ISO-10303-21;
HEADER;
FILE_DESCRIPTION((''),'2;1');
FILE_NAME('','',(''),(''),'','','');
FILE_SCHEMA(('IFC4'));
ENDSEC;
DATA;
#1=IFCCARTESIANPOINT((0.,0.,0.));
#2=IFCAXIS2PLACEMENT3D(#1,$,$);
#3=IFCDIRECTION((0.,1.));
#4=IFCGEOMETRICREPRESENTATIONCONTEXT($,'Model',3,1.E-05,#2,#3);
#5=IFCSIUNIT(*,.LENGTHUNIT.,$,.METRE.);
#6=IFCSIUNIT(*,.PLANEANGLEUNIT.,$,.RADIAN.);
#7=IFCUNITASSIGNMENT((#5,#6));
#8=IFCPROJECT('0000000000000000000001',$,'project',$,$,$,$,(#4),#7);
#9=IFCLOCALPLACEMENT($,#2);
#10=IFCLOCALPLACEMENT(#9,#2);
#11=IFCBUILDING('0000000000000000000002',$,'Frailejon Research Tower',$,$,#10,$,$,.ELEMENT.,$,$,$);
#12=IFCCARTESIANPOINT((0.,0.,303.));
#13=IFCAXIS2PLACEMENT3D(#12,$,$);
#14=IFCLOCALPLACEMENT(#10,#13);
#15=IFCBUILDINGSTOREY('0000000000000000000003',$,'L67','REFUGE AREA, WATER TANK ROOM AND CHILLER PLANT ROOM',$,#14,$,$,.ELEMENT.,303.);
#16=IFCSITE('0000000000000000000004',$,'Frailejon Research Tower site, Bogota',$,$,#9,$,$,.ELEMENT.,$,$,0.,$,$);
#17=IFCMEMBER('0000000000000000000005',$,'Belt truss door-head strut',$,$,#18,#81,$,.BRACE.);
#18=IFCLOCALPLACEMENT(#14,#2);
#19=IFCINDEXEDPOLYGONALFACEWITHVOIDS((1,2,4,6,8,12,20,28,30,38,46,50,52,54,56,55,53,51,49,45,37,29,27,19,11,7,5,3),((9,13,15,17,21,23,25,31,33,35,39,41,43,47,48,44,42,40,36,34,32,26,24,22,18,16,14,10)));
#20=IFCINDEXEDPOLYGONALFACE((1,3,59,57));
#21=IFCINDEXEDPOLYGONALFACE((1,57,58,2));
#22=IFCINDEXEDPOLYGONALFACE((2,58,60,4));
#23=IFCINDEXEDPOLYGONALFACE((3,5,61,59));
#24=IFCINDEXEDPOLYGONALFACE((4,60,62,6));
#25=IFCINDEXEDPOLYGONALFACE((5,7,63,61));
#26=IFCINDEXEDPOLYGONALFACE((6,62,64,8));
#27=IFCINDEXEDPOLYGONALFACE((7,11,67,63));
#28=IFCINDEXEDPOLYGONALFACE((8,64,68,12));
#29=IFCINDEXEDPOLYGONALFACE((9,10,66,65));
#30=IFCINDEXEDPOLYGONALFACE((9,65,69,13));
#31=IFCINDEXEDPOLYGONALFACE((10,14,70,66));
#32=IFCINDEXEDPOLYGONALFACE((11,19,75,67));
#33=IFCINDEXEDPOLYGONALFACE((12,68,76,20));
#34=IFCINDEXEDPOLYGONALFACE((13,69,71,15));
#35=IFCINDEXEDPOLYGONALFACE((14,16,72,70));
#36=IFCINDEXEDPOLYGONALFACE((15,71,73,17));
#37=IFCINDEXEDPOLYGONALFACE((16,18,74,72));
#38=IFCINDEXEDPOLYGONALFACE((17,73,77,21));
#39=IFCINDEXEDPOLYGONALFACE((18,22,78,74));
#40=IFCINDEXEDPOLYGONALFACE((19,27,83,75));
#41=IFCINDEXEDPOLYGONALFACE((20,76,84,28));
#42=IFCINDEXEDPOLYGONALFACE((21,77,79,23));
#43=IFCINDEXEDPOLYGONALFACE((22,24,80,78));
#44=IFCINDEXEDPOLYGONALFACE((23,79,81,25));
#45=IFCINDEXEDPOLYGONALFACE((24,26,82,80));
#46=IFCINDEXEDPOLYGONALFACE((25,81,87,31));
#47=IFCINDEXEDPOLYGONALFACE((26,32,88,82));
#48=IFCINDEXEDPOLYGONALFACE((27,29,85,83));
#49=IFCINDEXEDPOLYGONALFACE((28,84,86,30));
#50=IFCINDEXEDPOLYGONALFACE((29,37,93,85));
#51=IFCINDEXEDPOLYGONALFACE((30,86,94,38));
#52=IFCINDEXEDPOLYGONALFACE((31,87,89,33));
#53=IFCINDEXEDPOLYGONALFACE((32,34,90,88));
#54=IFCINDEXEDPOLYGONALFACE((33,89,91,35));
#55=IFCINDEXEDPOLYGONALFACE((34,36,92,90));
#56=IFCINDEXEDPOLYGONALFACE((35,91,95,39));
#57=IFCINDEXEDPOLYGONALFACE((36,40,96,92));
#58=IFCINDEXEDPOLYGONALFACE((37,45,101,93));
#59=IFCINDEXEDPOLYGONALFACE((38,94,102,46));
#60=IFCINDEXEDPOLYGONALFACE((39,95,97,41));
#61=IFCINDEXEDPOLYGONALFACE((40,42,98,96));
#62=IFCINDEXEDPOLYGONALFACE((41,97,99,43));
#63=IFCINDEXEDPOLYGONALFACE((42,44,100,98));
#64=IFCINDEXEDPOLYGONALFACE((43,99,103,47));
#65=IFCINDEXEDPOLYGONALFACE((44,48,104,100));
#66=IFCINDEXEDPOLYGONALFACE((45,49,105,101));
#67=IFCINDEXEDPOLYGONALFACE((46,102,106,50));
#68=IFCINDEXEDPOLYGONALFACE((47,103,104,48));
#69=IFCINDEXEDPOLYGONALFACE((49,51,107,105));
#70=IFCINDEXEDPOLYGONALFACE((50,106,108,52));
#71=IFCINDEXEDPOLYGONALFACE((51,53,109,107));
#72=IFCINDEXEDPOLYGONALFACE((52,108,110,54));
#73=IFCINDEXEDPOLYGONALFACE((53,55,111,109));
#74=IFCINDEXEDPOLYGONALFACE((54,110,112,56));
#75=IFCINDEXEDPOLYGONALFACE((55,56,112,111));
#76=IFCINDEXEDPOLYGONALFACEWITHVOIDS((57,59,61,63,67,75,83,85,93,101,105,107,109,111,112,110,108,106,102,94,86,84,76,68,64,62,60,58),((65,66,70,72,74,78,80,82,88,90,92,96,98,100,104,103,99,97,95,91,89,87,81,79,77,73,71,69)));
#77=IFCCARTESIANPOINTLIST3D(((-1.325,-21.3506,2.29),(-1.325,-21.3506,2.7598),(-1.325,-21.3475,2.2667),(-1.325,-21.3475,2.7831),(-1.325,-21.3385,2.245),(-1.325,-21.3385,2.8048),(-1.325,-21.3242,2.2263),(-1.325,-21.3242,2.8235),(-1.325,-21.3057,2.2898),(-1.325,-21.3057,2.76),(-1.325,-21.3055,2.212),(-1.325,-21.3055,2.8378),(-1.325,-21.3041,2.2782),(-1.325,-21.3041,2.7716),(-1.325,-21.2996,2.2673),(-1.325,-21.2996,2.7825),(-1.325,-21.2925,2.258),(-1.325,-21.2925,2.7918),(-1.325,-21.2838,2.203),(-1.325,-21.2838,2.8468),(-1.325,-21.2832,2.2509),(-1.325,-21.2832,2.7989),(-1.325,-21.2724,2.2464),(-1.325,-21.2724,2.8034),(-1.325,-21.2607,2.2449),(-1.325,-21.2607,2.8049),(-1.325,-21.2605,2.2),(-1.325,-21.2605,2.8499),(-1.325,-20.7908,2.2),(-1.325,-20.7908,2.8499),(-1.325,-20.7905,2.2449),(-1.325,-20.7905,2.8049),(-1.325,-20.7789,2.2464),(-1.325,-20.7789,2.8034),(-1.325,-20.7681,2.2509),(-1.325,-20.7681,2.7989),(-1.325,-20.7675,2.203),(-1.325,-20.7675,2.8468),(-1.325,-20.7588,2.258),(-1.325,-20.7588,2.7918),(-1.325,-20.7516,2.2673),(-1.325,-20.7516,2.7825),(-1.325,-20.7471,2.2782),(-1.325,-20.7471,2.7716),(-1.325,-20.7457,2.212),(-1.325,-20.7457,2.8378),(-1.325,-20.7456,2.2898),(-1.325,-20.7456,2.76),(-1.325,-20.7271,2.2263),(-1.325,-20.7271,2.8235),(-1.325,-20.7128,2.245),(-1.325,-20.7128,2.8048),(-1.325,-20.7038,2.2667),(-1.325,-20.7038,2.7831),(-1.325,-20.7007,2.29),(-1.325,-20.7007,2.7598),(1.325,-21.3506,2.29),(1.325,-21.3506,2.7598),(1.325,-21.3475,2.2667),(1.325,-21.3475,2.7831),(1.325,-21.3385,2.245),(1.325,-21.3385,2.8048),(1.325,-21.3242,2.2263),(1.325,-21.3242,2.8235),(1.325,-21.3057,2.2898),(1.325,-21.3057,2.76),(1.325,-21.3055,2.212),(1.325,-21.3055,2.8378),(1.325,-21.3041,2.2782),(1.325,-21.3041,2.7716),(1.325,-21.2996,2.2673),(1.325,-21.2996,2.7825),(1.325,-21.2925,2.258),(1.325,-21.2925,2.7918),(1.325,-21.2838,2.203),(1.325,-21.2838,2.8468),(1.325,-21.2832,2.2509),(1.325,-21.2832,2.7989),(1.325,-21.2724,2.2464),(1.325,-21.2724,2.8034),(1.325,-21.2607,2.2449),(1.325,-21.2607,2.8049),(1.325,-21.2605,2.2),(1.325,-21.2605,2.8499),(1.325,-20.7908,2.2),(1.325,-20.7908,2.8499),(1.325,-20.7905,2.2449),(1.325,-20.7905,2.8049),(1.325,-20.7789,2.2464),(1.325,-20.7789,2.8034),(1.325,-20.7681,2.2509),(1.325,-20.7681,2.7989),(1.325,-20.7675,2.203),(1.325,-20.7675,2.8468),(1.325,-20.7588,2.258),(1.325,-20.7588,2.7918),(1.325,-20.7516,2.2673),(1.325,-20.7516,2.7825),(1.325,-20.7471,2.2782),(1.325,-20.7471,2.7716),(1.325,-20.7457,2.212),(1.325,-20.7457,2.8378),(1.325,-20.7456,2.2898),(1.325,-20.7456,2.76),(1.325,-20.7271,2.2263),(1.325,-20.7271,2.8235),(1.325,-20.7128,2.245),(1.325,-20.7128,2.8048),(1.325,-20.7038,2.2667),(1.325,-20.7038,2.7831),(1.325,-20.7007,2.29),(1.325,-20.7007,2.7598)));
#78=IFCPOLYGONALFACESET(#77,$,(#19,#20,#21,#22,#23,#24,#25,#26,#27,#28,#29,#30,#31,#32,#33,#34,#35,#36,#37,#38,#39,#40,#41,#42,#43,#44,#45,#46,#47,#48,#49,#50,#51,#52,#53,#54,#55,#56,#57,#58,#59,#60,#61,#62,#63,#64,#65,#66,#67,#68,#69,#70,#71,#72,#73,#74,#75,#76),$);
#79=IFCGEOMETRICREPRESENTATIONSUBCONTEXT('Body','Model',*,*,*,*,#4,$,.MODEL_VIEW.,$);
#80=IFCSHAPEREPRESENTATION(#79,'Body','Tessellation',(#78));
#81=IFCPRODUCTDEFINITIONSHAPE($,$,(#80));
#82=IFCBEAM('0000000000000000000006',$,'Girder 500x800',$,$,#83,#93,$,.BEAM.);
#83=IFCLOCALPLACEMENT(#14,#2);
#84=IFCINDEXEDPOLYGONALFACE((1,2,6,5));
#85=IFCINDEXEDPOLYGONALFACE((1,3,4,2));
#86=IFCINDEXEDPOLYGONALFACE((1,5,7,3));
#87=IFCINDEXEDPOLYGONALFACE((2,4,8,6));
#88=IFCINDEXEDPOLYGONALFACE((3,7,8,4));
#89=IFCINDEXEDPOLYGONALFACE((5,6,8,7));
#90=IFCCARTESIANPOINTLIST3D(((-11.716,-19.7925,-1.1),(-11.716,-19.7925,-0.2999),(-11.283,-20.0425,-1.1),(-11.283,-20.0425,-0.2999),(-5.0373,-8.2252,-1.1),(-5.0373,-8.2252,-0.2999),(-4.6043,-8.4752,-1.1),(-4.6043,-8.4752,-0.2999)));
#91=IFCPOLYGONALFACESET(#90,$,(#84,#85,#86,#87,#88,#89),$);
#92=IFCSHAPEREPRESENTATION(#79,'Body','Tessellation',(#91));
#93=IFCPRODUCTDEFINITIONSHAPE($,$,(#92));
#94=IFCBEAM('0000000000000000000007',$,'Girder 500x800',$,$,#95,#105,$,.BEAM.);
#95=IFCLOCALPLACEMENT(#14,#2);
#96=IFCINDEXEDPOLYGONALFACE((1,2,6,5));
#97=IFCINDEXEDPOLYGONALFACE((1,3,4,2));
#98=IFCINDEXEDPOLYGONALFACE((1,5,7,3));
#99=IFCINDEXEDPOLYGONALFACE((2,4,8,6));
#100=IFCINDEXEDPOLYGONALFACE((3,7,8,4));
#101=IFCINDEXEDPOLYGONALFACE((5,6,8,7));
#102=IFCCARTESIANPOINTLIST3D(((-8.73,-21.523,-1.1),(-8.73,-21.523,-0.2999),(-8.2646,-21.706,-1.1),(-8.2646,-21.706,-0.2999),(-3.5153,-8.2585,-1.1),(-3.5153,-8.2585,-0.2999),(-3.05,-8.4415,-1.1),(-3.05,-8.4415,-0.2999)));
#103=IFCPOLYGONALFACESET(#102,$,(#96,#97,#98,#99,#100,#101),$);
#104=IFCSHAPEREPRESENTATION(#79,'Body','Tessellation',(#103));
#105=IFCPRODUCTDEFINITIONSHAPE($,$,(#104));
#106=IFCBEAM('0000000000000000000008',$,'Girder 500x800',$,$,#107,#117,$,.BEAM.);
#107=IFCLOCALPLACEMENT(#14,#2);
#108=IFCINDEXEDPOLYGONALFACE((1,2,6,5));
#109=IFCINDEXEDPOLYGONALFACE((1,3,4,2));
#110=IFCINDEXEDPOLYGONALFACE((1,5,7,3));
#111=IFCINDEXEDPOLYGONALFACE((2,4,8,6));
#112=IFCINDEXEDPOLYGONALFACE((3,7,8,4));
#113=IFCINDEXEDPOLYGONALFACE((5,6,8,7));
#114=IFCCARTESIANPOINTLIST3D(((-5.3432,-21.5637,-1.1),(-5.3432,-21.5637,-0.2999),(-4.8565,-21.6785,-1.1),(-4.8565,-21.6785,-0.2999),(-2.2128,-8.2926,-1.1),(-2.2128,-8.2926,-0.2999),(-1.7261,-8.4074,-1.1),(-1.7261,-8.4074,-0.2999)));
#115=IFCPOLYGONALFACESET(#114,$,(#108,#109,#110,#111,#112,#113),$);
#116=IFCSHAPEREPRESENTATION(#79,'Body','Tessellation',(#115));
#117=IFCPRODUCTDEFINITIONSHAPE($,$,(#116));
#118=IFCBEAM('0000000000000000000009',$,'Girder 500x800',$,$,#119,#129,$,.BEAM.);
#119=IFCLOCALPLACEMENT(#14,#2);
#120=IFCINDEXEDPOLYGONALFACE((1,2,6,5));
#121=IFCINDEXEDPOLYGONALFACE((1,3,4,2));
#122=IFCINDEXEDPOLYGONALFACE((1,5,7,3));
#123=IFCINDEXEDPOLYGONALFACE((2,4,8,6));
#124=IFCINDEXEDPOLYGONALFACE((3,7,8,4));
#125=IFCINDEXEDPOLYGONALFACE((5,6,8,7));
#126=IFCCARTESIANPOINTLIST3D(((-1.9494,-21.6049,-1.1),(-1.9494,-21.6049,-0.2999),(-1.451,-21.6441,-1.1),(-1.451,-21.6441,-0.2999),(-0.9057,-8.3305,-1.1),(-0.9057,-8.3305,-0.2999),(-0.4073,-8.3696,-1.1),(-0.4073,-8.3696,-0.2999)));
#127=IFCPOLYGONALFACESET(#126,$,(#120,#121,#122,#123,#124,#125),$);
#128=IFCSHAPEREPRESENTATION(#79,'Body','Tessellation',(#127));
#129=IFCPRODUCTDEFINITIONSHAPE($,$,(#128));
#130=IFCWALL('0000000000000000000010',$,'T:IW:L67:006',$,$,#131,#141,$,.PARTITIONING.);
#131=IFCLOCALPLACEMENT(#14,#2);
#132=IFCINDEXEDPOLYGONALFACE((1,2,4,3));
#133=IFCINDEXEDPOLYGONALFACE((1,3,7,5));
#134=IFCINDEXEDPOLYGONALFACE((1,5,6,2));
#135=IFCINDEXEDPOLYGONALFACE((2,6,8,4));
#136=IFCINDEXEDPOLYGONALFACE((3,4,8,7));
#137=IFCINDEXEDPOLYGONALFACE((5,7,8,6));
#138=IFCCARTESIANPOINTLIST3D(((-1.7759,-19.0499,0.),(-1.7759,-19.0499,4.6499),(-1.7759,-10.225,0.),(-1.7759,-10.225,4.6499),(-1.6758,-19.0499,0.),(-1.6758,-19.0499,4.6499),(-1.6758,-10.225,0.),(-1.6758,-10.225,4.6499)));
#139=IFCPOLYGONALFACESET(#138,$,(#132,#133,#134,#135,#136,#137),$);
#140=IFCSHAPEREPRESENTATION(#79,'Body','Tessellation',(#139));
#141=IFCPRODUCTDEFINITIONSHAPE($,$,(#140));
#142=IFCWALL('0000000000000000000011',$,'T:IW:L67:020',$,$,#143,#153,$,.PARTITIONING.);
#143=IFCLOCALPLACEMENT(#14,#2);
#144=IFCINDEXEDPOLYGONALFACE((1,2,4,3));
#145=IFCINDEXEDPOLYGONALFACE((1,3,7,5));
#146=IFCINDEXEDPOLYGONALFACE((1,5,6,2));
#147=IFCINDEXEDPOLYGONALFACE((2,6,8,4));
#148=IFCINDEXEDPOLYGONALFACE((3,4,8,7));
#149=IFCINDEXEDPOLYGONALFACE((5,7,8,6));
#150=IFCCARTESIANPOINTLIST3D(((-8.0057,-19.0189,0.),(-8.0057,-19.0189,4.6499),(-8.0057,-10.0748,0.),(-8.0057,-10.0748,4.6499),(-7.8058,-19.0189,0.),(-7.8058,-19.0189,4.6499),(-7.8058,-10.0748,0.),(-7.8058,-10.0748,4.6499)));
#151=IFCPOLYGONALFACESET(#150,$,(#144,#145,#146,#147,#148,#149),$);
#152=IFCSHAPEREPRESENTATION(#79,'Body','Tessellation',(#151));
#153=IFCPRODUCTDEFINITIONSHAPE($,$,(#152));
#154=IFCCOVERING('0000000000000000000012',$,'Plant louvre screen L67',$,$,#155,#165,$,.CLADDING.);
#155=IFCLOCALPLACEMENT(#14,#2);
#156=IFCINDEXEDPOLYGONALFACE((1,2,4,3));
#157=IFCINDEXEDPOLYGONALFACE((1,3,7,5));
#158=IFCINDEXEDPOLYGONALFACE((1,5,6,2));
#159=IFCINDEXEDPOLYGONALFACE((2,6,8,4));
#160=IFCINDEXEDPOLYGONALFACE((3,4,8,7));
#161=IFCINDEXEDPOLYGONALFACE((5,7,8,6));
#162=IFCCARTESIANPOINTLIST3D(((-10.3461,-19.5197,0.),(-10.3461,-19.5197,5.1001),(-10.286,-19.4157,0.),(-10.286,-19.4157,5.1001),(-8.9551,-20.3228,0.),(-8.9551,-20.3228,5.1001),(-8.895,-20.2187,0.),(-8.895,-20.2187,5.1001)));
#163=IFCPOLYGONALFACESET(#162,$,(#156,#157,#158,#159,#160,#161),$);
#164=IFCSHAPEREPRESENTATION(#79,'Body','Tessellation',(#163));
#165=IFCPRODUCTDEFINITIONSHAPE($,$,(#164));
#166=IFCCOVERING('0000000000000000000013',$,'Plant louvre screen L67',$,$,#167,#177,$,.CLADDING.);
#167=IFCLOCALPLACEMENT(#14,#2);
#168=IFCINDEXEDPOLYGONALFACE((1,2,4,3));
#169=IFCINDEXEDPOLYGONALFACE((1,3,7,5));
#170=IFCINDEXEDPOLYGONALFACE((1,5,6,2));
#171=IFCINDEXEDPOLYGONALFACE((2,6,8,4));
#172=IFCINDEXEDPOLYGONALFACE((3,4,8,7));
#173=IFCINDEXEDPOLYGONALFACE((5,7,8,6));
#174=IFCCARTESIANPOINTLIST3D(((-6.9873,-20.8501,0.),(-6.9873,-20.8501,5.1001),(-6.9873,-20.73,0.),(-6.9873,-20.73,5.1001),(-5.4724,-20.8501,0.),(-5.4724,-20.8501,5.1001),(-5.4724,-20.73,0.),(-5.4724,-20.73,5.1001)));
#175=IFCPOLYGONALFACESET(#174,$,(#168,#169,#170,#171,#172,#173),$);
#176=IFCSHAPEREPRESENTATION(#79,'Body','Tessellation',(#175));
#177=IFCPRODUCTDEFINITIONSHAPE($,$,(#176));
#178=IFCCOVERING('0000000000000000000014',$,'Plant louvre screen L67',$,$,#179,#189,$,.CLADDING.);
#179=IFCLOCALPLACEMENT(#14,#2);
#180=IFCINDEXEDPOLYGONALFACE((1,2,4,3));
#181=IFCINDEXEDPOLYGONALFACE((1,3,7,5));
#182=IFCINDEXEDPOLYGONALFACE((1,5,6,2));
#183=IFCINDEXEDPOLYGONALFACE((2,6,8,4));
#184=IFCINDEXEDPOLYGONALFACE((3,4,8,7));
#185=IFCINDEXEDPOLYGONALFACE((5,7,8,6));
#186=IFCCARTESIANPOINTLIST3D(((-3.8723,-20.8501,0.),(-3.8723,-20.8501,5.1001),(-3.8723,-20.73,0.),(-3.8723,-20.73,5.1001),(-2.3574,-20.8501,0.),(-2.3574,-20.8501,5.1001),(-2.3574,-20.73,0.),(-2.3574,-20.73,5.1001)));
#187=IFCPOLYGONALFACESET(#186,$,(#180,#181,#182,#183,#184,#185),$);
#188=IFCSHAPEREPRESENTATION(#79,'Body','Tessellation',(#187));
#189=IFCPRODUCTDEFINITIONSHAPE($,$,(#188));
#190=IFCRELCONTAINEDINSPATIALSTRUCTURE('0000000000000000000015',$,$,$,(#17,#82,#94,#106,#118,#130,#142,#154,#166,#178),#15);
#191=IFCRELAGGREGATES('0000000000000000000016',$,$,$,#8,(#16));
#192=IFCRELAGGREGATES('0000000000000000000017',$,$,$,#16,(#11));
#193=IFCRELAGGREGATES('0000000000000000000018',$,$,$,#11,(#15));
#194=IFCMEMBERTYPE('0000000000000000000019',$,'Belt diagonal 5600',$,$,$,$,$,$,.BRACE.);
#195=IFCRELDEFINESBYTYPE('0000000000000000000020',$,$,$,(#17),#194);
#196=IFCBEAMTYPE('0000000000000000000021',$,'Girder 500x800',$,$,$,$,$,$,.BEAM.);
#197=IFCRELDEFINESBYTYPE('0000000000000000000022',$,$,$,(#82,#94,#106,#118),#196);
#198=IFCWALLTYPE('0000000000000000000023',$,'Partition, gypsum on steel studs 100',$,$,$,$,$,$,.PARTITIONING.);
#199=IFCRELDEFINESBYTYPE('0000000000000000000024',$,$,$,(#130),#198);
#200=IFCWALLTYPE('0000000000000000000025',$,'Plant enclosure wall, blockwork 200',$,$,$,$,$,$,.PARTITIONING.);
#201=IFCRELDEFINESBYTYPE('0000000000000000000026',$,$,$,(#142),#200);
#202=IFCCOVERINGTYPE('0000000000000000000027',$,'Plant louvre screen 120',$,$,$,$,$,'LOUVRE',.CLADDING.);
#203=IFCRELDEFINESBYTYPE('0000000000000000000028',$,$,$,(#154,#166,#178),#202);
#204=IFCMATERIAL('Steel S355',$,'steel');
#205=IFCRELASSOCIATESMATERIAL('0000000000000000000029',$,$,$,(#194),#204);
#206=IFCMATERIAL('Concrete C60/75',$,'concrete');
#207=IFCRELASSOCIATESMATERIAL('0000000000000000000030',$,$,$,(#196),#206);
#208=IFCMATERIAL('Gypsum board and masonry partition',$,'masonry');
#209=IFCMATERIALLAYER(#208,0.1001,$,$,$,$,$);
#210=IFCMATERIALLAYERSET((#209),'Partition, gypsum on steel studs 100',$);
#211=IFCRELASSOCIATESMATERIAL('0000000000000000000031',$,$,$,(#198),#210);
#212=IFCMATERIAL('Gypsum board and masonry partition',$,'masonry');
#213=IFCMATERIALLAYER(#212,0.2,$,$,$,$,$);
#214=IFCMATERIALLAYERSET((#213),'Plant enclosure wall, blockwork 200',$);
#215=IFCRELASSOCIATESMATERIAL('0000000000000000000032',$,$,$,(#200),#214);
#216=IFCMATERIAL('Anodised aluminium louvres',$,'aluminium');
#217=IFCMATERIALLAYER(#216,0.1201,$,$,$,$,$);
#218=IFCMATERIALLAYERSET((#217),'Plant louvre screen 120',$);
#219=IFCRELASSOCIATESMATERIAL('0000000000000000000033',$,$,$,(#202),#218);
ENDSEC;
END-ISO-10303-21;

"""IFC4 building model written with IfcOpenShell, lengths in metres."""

from ifc_helpers import new_model, si_unit, direction, frame, frame_2d, origin, origin_2d, place, context, subcontext, project, spatial, polyline, rectangle, hollow_rectangle, outline, extrude, material, layer, layer_set, material_profile, profile_set, type_object, element, save


model = new_model("IFC4")

# Units and contexts
model_context = context("Model", 3, precision=1e-05, world=origin(), true_north=direction((0.0, 1.0)))
body_context = subcontext(model_context, "Body", "Model", "MODEL_VIEW")
ifc_project = project(units=[si_unit("LENGTHUNIT", "METRE"), si_unit("PLANEANGLEUNIT", "RADIAN")], contexts=[model_context])

# Site, building, storey
site_placement = place(None, origin())
site = spatial("IfcSite", under=ifc_project, at=site_placement, Name="Frailejon Research Tower site, Bogota", CompositionType="ELEMENT", RefElevation=0.0)
building_placement = place(site_placement, origin())
building = spatial("IfcBuilding", under=site, at=building_placement, Name="Frailejon Research Tower", CompositionType="ELEMENT")
storey_placement = place(building_placement, frame((0.0, 0.0, 303.0)))
storey = spatial("IfcBuildingStorey", under=building, at=storey_placement, Name="L67", Description="REFUGE AREA, WATER TANK ROOM AND CHILLER PLANT ROOM", CompositionType="ELEMENT", Elevation=303.0)

# Member
ifc_material_1 = material(Name="Steel S355", Category="steel")
ifc_material_profile_1 = material_profile(ifc_material_1, hollow_rectangle(XDim=0.6499, YDim=0.6499, WallThickness=0.0449, InnerFilletRadius=0.0449, OuterFilletRadius=0.0901, at=origin_2d()), Name="Belt diagonal 5600")
ifc_profile_set_1 = profile_set([ifc_material_profile_1], Name="Steel S355")
member_type = type_object("IfcMemberType", Name="Belt diagonal 5600", PredefinedType="BRACE", material=ifc_profile_set_1)
member_1_placement = place(storey_placement, frame((-1.325, -21.0256, 2.5249), z_axis=(1.0, 0.0, 0.0), x_axis=(0.0, 1.0, 0.0)))
element("IfcMember", 1, at=member_1_placement, inside=storey, type_object=member_type, Name="Belt truss door-head strut", PredefinedType="BRACE", context=body_context, shape_type="SweptSolid", body=[
    extrude(hollow_rectangle(XDim=0.6499, YDim=0.6499, WallThickness=0.0449, InnerFilletRadius=0.0449, OuterFilletRadius=0.0901, at=origin_2d()), origin(), (0.0, 0.0, 1.0), 2.6499),
])

# Beams
ifc_material_2 = material(Name="Concrete C60/75", Category="concrete")
ifc_material_profile_2 = material_profile(ifc_material_2, rectangle(XDim=0.5, YDim=0.8, at=origin_2d()), Name="Girder 500x800")
ifc_profile_set_2 = profile_set([ifc_material_profile_2], Name="Concrete C60/75")
beam_type_1 = type_object("IfcBeamType", Name="Girder 500x800", PredefinedType="BEAM", material=ifc_profile_set_2)
beam_1_placement = place(storey_placement, frame((-11.4995, -19.9175, -0.7), z_axis=(0.500016, 0.866016, 0.0), x_axis=(-0.866016, 0.500016, 0.0)))
element("IfcBeam", 2, at=beam_1_placement, inside=storey, type_object=beam_type_1, Name="Girder 500x800", PredefinedType="BEAM", context=body_context, shape_type="SweptSolid", body=[
    extrude(rectangle(XDim=0.5, YDim=0.8, at=origin_2d()), origin(), (0.0, 0.0, 1.0), 13.3569),
])
beam_2_placement = place(storey_placement, frame((-8.4973, -21.6145, -0.7), z_axis=(0.36587, 0.930666, 0.0), x_axis=(-0.930666, 0.36587, 0.0)))
element("IfcBeam", 3, at=beam_2_placement, inside=storey, type_object=beam_type_1, Name="Girder 500x800", PredefinedType="BEAM", context=body_context, shape_type="SweptSolid", body=[
    extrude(rectangle(XDim=0.5, YDim=0.8, at=origin_2d()), origin(), (0.0, 0.0, 1.0), 14.2527),
])
beam_3_placement = place(storey_placement, frame((-5.0999, -21.6211, -0.7), z_axis=(0.22958, 0.97329, 0.0), x_axis=(-0.97329, 0.22958, 0.0)))
element("IfcBeam", 4, at=beam_3_placement, inside=storey, type_object=beam_type_1, Name="Girder 500x800", PredefinedType="BEAM", context=body_context, shape_type="SweptSolid", body=[
    extrude(rectangle(XDim=0.5, YDim=0.8, at=origin_2d()), origin(), (0.0, 0.0, 1.0), 13.6353),
])
beam_4_placement = place(storey_placement, frame((-1.7002, -21.6245, -0.7), z_axis=(0.078383, 0.996923, 0.0), x_axis=(-0.996923, 0.078383, 0.0)))
element("IfcBeam", 5, at=beam_4_placement, inside=storey, type_object=beam_type_1, Name="Girder 500x800", PredefinedType="BEAM", context=body_context, shape_type="SweptSolid", body=[
    extrude(rectangle(XDim=0.5, YDim=0.8, at=origin_2d()), origin(), (0.0, 0.0, 1.0), 13.3154),
])

# Walls
ifc_material_3 = material(Name="Gypsum board and masonry partition", Category="masonry")
ifc_layer_1 = layer(ifc_material_3, 0.1001)
ifc_layer_set_1 = layer_set([ifc_layer_1], Name="Partition, gypsum on steel studs 100")
wall_type_1 = type_object("IfcWallType", Name="Partition, gypsum on steel studs 100", PredefinedType="PARTITIONING", material=ifc_layer_set_1)
wall_1_placement = place(storey_placement, frame((-1.7258, -19.05, 0.0), z_axis=(0.0, 0.0, 1.0), x_axis=(0.0, 1.0, 0.0)))
element("IfcWall", 6, at=wall_1_placement, inside=storey, type_object=wall_type_1, Name="T:IW:L67:006", PredefinedType="PARTITIONING", context=body_context, shape_type="SweptSolid", body=[
    extrude(rectangle(XDim=8.825, YDim=0.1001, at=frame_2d((4.4126, 0.0))), origin(), (0.0, 0.0, 1.0), 4.6499),
])
ifc_material_4 = material(Name="Gypsum board and masonry partition", Category="masonry")
ifc_layer_2 = layer(ifc_material_4, 0.2)
ifc_layer_set_2 = layer_set([ifc_layer_2], Name="Plant enclosure wall, blockwork 200")
wall_type_2 = type_object("IfcWallType", Name="Plant enclosure wall, blockwork 200", PredefinedType="PARTITIONING", material=ifc_layer_set_2)
wall_2_placement = place(storey_placement, frame((-7.9058, -19.019, 0.0), z_axis=(0.0, 0.0, 1.0), x_axis=(0.0, 1.0, 0.0)))
element("IfcWall", 7, at=wall_2_placement, inside=storey, type_object=wall_type_2, Name="T:IW:L67:020", PredefinedType="PARTITIONING", context=body_context, shape_type="SweptSolid", body=[
    extrude(rectangle(XDim=8.9441, YDim=0.2, at=frame_2d((4.4722, 0.0))), origin(), (0.0, 0.0, 1.0), 4.6499),
])

# Coverings
ifc_material_5 = material(Name="Anodised aluminium louvres", Category="aluminium")
ifc_layer_3 = layer(ifc_material_5, 0.1201)
ifc_layer_set_3 = layer_set([ifc_layer_3], Name="Plant louvre screen 120")
covering_type = type_object("IfcCoveringType", Name="Plant louvre screen 120", ElementType="LOUVRE", PredefinedType="CLADDING", material=ifc_layer_set_3)
covering_placement = place(storey_placement, frame((-8.9551, -20.3228, 0.0), z_axis=(-0.866035, 0.499983, 0.0), x_axis=(-0.499983, -0.866035, 0.0)))
element("IfcCovering", 8, at=covering_placement, inside=storey, type_object=covering_type, Name="Plant louvre screen L67", PredefinedType="CLADDING", context=body_context, shape_type="SweptSolid", body=[
    extrude(outline(polyline([(-0.1201, 0.0), (0.0, 0.0), (0.0, 5.1001), (-0.1201, 5.1001), (-0.1201, 0.0)])), origin(), (0.0, 0.0, 1.0), 1.6062),
])
for number, where, z_axis, x_axis, name in (
    (9, (-5.4724, -20.8501, 0.0), (-1.0, 0.0, 0.0), (0.0, -1.0, 0.0), "Plant louvre screen L67"),
    (10, (-2.3574, -20.8501, 0.0), (-1.0, 0.0, 0.0), (0.0, -1.0, 0.0), "Plant louvre screen L67"),
):
    element("IfcCovering", number, at=place(storey_placement, frame(where, z_axis=z_axis, x_axis=x_axis)), inside=storey, type_object=covering_type, Name=name, PredefinedType="CLADDING", context=body_context, shape_type="SweptSolid", body=[
        extrude(outline(polyline([(-0.1201, 0.0), (0.0, 0.0), (0.0, 5.1001), (-0.1201, 5.1001), (-0.1201, 0.0)])), origin(), (0.0, 0.0, 1.0), 1.5149),
    ])

save(model, "model.ifc")
